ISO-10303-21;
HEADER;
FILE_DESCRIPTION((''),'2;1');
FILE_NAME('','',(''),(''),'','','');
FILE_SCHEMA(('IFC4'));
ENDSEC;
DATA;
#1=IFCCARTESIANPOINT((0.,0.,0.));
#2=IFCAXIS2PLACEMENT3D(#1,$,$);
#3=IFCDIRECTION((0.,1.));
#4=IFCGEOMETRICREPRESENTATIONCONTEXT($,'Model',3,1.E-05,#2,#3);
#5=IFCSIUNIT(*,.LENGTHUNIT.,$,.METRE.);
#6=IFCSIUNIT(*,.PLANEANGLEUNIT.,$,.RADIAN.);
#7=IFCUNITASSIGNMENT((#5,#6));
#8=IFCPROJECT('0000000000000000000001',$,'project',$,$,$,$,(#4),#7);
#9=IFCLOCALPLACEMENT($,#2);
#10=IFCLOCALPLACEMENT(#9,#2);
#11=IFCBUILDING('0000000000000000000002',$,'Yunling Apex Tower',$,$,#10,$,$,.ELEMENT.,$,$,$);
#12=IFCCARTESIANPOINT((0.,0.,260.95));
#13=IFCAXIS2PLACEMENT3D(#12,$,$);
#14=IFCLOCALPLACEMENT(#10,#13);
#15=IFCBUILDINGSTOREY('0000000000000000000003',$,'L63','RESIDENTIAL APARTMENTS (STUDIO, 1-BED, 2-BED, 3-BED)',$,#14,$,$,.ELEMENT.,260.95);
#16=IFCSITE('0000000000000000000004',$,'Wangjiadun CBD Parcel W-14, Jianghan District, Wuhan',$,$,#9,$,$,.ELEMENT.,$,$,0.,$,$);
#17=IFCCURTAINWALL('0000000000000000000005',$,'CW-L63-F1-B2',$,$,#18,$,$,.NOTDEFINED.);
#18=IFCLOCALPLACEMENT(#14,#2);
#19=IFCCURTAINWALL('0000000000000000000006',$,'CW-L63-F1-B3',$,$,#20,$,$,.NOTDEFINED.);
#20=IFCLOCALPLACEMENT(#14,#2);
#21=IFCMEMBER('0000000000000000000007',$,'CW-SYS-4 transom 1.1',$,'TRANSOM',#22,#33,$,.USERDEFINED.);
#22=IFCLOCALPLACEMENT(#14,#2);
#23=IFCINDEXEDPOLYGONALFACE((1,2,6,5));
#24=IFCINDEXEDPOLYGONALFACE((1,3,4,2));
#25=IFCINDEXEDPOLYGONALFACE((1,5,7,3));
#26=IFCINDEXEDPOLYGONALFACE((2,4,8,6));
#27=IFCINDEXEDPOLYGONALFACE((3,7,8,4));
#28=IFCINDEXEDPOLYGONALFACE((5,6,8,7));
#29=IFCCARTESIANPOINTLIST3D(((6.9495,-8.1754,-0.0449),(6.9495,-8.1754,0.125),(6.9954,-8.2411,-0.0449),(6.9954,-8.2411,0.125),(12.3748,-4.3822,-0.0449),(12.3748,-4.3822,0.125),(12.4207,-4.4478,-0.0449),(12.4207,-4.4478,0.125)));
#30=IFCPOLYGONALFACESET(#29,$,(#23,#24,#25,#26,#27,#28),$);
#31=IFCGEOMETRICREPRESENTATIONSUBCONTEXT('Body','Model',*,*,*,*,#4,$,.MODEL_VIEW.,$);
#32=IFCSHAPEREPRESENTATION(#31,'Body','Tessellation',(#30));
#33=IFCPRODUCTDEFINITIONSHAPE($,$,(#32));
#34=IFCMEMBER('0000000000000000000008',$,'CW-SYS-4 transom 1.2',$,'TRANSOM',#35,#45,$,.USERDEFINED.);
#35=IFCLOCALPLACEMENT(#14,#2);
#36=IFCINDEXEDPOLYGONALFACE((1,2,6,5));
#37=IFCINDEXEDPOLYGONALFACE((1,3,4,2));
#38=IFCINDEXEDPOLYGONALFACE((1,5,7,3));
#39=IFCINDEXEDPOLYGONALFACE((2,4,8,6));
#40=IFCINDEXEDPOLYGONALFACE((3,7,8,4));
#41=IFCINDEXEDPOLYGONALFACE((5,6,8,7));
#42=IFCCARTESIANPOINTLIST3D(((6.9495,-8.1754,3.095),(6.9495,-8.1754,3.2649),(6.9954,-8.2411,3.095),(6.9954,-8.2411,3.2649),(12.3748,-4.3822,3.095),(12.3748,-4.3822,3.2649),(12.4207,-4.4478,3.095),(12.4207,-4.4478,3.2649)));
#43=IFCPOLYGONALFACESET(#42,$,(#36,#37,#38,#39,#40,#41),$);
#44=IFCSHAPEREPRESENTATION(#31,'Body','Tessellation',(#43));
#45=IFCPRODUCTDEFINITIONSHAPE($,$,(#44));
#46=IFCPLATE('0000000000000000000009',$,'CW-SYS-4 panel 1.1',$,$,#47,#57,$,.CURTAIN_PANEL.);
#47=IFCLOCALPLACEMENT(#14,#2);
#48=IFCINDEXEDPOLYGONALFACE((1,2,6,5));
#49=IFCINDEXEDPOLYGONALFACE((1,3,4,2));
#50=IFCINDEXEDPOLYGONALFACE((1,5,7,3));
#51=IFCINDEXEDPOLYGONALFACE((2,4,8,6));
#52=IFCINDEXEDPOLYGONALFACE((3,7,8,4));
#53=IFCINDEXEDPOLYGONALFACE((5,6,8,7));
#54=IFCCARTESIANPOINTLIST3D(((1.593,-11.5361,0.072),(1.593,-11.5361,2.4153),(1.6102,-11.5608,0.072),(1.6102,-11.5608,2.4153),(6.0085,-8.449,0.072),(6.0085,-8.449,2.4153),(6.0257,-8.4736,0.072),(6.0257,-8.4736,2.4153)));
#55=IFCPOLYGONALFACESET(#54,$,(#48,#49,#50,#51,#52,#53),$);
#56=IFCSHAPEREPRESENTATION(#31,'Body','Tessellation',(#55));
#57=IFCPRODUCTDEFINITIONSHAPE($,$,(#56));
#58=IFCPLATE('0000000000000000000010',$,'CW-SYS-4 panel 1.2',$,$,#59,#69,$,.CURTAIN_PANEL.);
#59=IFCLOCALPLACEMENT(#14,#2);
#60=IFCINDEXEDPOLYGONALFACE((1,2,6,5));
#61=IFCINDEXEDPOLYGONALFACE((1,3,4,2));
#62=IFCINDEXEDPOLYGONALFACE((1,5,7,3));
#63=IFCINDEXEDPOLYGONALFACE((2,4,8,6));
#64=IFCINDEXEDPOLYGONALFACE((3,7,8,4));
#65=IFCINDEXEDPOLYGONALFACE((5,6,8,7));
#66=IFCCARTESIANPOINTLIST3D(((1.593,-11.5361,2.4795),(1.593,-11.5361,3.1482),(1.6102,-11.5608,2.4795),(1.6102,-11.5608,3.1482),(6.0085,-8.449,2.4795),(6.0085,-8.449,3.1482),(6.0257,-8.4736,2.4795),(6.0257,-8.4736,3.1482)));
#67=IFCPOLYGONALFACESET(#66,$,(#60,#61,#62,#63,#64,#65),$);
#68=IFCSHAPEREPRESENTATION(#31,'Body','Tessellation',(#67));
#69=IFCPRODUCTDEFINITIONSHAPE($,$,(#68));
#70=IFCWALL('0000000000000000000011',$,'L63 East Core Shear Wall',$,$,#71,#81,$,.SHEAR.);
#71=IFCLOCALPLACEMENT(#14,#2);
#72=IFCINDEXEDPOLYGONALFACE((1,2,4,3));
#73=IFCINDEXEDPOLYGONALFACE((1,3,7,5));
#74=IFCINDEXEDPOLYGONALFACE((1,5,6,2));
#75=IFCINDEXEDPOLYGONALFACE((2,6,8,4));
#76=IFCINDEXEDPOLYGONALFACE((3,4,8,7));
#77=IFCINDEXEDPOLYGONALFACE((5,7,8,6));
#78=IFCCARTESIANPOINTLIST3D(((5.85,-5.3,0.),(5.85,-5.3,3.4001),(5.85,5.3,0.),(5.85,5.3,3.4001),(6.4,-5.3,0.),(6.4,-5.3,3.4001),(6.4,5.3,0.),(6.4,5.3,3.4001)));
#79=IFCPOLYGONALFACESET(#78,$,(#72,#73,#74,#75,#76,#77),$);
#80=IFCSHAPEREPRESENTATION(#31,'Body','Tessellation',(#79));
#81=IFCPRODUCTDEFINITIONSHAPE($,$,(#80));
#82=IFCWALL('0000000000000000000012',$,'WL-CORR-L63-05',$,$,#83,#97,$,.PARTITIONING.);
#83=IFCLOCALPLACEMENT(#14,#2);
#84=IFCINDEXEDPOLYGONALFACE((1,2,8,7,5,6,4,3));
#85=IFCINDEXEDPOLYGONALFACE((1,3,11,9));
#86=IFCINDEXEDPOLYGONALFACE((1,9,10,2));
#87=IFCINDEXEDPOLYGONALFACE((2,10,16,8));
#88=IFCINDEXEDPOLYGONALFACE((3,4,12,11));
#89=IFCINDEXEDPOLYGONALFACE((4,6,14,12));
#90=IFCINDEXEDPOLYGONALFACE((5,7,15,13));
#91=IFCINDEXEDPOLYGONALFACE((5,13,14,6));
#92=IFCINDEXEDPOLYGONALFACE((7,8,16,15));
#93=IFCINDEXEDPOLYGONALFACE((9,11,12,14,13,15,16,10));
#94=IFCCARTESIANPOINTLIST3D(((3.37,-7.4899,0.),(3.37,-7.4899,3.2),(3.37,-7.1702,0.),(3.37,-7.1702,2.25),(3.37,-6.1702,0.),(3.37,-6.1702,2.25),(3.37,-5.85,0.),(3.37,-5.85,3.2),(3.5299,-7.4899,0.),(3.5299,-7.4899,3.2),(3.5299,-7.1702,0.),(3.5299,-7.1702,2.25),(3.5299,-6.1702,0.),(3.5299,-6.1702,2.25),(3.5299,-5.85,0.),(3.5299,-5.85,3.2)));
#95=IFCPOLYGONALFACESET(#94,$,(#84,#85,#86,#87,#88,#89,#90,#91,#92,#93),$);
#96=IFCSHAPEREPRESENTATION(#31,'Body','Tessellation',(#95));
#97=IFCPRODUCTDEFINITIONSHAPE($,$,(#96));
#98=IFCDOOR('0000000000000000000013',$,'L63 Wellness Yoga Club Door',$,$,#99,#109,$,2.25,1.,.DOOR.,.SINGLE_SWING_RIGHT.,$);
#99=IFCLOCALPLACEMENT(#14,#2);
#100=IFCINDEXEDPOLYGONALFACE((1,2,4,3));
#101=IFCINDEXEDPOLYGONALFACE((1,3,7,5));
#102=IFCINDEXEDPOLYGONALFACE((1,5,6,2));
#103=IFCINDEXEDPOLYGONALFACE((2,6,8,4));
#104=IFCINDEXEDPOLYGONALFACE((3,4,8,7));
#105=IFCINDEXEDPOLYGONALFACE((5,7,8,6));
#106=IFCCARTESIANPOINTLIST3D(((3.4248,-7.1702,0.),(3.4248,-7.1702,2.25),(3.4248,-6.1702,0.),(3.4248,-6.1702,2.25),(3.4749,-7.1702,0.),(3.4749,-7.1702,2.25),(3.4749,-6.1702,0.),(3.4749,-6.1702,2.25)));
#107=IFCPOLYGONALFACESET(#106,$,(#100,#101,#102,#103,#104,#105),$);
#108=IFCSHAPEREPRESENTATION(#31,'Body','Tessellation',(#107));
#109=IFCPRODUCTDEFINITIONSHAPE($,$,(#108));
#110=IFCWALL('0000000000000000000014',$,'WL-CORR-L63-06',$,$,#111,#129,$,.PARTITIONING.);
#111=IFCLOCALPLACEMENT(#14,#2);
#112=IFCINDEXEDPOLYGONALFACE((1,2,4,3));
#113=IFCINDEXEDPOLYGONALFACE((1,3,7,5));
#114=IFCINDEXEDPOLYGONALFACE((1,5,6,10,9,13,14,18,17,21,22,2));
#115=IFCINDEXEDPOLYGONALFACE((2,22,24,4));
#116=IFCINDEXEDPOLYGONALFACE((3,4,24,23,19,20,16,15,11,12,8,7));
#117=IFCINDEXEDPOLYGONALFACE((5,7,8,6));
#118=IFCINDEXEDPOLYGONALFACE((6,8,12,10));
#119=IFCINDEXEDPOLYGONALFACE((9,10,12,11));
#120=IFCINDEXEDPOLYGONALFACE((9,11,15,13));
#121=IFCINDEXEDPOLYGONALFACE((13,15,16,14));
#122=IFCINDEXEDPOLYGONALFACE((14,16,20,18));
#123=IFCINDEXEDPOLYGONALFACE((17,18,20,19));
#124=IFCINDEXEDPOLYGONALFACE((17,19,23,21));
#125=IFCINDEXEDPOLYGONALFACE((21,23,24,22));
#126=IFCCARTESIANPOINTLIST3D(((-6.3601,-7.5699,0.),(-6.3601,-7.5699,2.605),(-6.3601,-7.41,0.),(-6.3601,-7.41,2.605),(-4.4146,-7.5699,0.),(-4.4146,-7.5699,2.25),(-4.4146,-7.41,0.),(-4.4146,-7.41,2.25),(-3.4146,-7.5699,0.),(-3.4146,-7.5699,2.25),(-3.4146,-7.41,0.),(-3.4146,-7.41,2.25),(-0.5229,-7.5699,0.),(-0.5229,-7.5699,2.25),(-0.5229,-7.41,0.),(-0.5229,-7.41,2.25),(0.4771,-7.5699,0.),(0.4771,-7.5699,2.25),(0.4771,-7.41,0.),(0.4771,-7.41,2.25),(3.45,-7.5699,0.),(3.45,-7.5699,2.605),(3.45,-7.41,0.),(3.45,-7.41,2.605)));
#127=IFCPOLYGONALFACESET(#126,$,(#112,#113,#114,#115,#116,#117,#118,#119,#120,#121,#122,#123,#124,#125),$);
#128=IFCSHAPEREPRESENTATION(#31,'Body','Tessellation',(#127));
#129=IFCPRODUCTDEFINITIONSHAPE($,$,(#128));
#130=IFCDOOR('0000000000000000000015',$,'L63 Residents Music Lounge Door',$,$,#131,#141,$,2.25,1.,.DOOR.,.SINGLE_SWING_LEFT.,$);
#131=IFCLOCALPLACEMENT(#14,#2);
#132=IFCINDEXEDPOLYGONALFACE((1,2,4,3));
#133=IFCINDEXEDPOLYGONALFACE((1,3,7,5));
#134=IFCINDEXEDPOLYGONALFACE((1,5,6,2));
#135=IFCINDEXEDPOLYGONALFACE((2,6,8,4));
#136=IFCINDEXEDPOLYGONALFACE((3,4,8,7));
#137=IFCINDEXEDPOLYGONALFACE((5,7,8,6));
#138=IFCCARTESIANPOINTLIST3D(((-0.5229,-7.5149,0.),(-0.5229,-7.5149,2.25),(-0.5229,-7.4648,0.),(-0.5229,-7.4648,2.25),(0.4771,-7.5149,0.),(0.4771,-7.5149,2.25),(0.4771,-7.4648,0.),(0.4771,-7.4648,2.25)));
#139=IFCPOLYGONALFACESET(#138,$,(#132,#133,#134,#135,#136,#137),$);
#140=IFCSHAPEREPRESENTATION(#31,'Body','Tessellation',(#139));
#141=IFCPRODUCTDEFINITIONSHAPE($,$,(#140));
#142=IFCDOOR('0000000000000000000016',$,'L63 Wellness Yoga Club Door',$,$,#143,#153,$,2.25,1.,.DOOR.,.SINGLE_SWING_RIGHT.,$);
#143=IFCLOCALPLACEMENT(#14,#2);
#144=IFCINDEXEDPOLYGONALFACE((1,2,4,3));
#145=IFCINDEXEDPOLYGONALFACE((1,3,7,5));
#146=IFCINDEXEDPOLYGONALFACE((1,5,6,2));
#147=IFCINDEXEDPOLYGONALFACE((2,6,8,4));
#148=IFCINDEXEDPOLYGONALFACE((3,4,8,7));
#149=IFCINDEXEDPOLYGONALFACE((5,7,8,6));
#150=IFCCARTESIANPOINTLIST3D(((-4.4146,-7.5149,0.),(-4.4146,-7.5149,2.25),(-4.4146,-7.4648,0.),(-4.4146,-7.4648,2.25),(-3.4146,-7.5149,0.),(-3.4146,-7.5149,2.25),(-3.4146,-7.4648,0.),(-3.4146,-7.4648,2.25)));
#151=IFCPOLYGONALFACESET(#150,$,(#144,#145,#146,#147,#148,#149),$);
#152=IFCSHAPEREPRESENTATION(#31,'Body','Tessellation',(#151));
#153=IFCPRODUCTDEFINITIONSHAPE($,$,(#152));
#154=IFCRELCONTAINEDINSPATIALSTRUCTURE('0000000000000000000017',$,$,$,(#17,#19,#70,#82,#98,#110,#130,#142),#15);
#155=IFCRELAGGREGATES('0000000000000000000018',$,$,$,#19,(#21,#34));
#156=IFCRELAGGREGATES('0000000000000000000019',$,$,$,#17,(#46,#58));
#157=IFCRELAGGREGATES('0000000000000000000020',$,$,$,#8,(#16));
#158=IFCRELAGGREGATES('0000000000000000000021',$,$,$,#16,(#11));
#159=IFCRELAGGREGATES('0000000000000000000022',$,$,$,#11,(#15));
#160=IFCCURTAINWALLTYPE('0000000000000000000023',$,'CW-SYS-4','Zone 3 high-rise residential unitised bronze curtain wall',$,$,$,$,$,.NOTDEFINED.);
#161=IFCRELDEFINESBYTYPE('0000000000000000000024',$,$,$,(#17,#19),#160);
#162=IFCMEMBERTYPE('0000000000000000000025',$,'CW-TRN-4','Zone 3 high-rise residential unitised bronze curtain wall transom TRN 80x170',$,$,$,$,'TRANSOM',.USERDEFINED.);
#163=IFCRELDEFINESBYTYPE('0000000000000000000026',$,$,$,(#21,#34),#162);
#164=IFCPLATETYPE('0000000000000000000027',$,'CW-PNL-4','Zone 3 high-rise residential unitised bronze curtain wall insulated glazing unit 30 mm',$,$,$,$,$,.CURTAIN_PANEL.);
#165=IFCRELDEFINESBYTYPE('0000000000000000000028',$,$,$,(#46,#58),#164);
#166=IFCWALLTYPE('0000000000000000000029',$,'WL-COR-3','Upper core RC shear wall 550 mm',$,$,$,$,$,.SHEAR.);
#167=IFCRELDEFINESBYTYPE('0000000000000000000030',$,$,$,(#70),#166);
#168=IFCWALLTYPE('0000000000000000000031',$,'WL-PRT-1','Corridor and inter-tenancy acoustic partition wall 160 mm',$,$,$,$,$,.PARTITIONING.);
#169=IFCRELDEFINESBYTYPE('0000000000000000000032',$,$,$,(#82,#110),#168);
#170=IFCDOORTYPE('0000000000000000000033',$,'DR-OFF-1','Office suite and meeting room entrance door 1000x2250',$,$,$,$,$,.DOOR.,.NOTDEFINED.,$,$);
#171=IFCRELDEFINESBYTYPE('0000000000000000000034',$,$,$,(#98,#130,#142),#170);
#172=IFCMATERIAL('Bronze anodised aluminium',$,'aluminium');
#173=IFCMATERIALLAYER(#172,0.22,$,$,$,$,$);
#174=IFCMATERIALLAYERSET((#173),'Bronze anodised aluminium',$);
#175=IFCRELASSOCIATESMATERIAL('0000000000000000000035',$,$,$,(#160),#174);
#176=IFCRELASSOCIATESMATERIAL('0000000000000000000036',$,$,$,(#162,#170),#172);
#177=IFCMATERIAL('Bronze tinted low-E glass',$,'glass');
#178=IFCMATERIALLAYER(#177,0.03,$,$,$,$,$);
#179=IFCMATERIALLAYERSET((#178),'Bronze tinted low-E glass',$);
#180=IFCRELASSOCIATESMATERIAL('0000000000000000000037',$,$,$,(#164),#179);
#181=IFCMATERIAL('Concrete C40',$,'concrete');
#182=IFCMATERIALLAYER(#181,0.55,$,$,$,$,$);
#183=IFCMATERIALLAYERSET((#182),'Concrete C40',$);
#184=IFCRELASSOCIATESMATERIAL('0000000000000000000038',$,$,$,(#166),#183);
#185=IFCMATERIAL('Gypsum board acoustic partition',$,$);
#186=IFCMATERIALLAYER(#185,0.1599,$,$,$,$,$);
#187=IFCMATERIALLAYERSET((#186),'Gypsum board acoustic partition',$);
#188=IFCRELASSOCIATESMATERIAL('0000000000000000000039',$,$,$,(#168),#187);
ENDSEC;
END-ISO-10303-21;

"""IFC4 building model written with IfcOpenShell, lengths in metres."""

from ifc_helpers import new_model, si_unit, direction, frame, frame_2d, origin, origin_2d, place, context, subcontext, project, spatial, rectangle, extrude, source, transform, mapped, material, layer, layer_set, material_profile, profile_set, type_object, element, fill, aggregate, save


model = new_model("IFC4")

# Units and contexts
model_context = context("Model", 3, precision=1e-05, world=origin(), true_north=direction((0.0, 1.0)))
body_context = subcontext(model_context, "Body", "Model", "MODEL_VIEW")
ifc_project = project(units=[si_unit("LENGTHUNIT", "METRE"), si_unit("PLANEANGLEUNIT", "RADIAN")], contexts=[model_context])

# Site, building, storey
site_placement = place(None, origin())
site = spatial("IfcSite", under=ifc_project, at=site_placement, Name="Wangjiadun CBD Parcel W-14, Jianghan District, Wuhan", CompositionType="ELEMENT", RefElevation=0.0)
building_placement = place(site_placement, origin())
building = spatial("IfcBuilding", under=site, at=building_placement, Name="Yunling Apex Tower", CompositionType="ELEMENT")
storey_placement = place(building_placement, frame((0.0, 0.0, 260.95)))
storey = spatial("IfcBuildingStorey", under=building, at=storey_placement, Name="L63", Description="RESIDENTIAL APARTMENTS (STUDIO, 1-BED, 2-BED, 3-BED)", CompositionType="ELEMENT", Elevation=260.95)

# Curtain wall
ifc_material_1 = material(Name="Bronze anodised aluminium", Category="aluminium")
ifc_layer_1 = layer(ifc_material_1, 0.22)
ifc_layer_set_1 = layer_set([ifc_layer_1], Name="Bronze anodised aluminium")
curtain_wall_type = type_object("IfcCurtainWallType", Name="CW-SYS-4", Description="Zone 3 high-rise residential unitised bronze curtain wall", PredefinedType="NOTDEFINED", material=ifc_layer_set_1)
curtain_wall_1_placement = place(storey_placement, origin())
curtain_wall_1 = element("IfcCurtainWall", 1, at=curtain_wall_1_placement, inside=storey, type_object=curtain_wall_type, Name="CW-L63-F1-B2", PredefinedType="NOTDEFINED")

# Curtain wall, members
curtain_wall_2_placement = place(storey_placement, origin())
curtain_wall_2 = element("IfcCurtainWall", 2, at=curtain_wall_2_placement, inside=storey, type_object=curtain_wall_type, Name="CW-L63-F1-B3", PredefinedType="NOTDEFINED")
ifc_material_profile_1 = material_profile(ifc_material_1, rectangle(XDim=0.0801, YDim=0.1699, at=origin_2d()))
ifc_profile_set_1 = profile_set([ifc_material_profile_1], Name="Bronze anodised aluminium")
member_type_1 = type_object("IfcMemberType", Name="CW-TRN-4", Description="Zone 3 high-rise residential unitised bronze curtain wall transom TRN 80x170", ElementType="TRANSOM", PredefinedType="USERDEFINED", material=ifc_profile_set_1)
shared_shape_1 = source(origin(), body_context, "Body", "SweptSolid", [
    extrude(rectangle(XDim=0.0801, YDim=0.1699, at=origin_2d()), origin(), (0.0, 0.0, 1.0), 6.6199),
])
member_1_placement = place(storey_placement, frame((6.9724, -8.2083, 0.04), z_axis=(0.819551, 0.573007, 0.0), x_axis=(-0.573007, 0.819551, 0.0)))
member_1 = element("IfcMember", 3, at=member_1_placement, type_object=member_type_1, Name="CW-SYS-4 transom 1.1", ObjectType="TRANSOM", PredefinedType="USERDEFINED", context=body_context, shape_type="MappedRepresentation", body=[
    mapped(shared_shape_1, transform((0.0, 0.0, 0.0), scale=1.0)),
])
member_2_placement = place(storey_placement, frame((6.9724, -8.2083, 3.1799), z_axis=(0.819551, 0.573007, 0.0), x_axis=(-0.573007, 0.819551, 0.0)))
member_2 = element("IfcMember", 4, at=member_2_placement, type_object=member_type_1, Name="CW-SYS-4 transom 1.2", ObjectType="TRANSOM", PredefinedType="USERDEFINED", context=body_context, shape_type="MappedRepresentation", body=[
    mapped(shared_shape_1, transform((0.0, 0.0, 0.0), scale=1.0)),
])
aggregate(curtain_wall_2, [member_1, member_2])

# Plates
ifc_material_2 = material(Name="Bronze tinted low-E glass", Category="glass")
ifc_layer_2 = layer(ifc_material_2, 0.03)
ifc_layer_set_2 = layer_set([ifc_layer_2], Name="Bronze tinted low-E glass")
plate_type = type_object("IfcPlateType", Name="CW-PNL-4", Description="Zone 3 high-rise residential unitised bronze curtain wall insulated glazing unit 30 mm", PredefinedType="CURTAIN_PANEL", material=ifc_layer_set_2)
shared_shape_2 = source(origin(), body_context, "Body", "SweptSolid", [
    extrude(rectangle(XDim=5.3877, YDim=0.03, at=origin_2d()), origin(), (0.0, 0.0, 1.0), 2.3433),
])
plate_1_placement = place(storey_placement, frame((3.8093, -10.0049, 0.072), z_axis=(0.0, 0.0, 1.0), x_axis=(0.819556, 0.572999, 0.0)))
plate_1 = element("IfcPlate", 5, at=plate_1_placement, type_object=plate_type, Name="CW-SYS-4 panel 1.1", PredefinedType="CURTAIN_PANEL", context=body_context, shape_type="MappedRepresentation", body=[
    mapped(shared_shape_2, transform((0.0, 0.0, 0.0), scale=1.0)),
])
shared_shape_3 = source(origin(), body_context, "Body", "SweptSolid", [
    extrude(rectangle(XDim=5.3877, YDim=0.03, at=origin_2d()), origin(), (0.0, 0.0, 1.0), 0.6687),
])
plate_2_placement = place(storey_placement, frame((3.8093, -10.0049, 2.4795), z_axis=(0.0, 0.0, 1.0), x_axis=(0.819556, 0.572999, 0.0)))
plate_2 = element("IfcPlate", 6, at=plate_2_placement, type_object=plate_type, Name="CW-SYS-4 panel 1.2", PredefinedType="CURTAIN_PANEL", context=body_context, shape_type="MappedRepresentation", body=[
    mapped(shared_shape_3, transform((0.0, 0.0, 0.0), scale=1.0)),
])
aggregate(curtain_wall_1, [plate_1, plate_2])

# Wall
ifc_material_3 = material(Name="Concrete C40", Category="concrete")
ifc_layer_3 = layer(ifc_material_3, 0.55)
ifc_layer_set_3 = layer_set([ifc_layer_3], Name="Concrete C40")
wall_type_1 = type_object("IfcWallType", Name="WL-COR-3", Description="Upper core RC shear wall 550 mm", PredefinedType="SHEAR", material=ifc_layer_set_3)
wall_1_placement = place(storey_placement, frame((6.125, -5.3, 0.0), z_axis=(0.0, 0.0, 1.0), x_axis=(0.0, 1.0, 0.0)))
element("IfcWall", 7, at=wall_1_placement, inside=storey, type_object=wall_type_1, Name="L63 East Core Shear Wall", PredefinedType="SHEAR", context=body_context, shape_type="SweptSolid", body=[
    extrude(rectangle(XDim=10.6001, YDim=0.55, at=frame_2d((5.3, 0.0))), origin(), (0.0, 0.0, 1.0), 3.4001),
])

# Wall, opening, door
ifc_material_4 = material(Name="Gypsum board acoustic partition")
ifc_layer_4 = layer(ifc_material_4, 0.1599)
ifc_layer_set_4 = layer_set([ifc_layer_4], Name="Gypsum board acoustic partition")
wall_type_2 = type_object("IfcWallType", Name="WL-PRT-1", Description="Corridor and inter-tenancy acoustic partition wall 160 mm", PredefinedType="PARTITIONING", material=ifc_layer_set_4)
wall_2_placement = place(storey_placement, frame((3.45, -5.8501, 0.0), z_axis=(0.0, 0.0, 1.0), x_axis=(0.0, -1.0, 0.0)))
wall_2 = element("IfcWall", 8, at=wall_2_placement, inside=storey, type_object=wall_type_2, Name="WL-CORR-L63-05", PredefinedType="PARTITIONING", context=body_context, shape_type="SweptSolid", body=[
    extrude(rectangle(XDim=1.6399, YDim=0.1599, at=frame_2d((0.8198, 0.0))), origin(), (0.0, 0.0, 1.0), 3.2),
])
opening_1_placement = place(wall_2_placement, frame((0.3201, 0.0, 0.0)))
opening_1 = element("IfcOpeningElement", 9, at=opening_1_placement, cuts=wall_2, PredefinedType="OPENING", context=body_context, shape_type="SweptSolid", body=[
    extrude(rectangle(XDim=1.0, YDim=2.25, at=frame_2d((0.5, 1.125))), frame((0.0, 0.0898, 0.0), z_axis=(0.0, -1.0, 0.0), x_axis=(1.0, 0.0, 0.0)), (0.0, 0.0, 1.0), 0.1799),
])
door_type_1 = type_object("IfcDoorType", Name="DR-OFF-1", Description="Office suite and meeting room entrance door 1000x2250", OperationType="NOTDEFINED", PredefinedType="DOOR", material=ifc_material_1)
door_1_placement = place(opening_1_placement, origin())
door_1 = element("IfcDoor", 10, at=door_1_placement, inside=storey, type_object=door_type_1, Name="L63 Wellness Yoga Club Door", OperationType="SINGLE_SWING_RIGHT", OverallHeight=2.25, OverallWidth=1.0, PredefinedType="DOOR", context=body_context, shape_type="SweptSolid", body=[
    extrude(rectangle(XDim=1.0, YDim=2.25, at=frame_2d((0.5, 1.125))), frame((0.0, 0.0249, 0.0), z_axis=(0.0, -1.0, 0.0), x_axis=(1.0, 0.0, 0.0)), (0.0, 0.0, 1.0), 0.05),
])
fill(opening_1, door_1)

# Wall, openings, doors
wall_3_placement = place(storey_placement, frame((3.45, -7.49, 0.0), z_axis=(0.0, 0.0, 1.0), x_axis=(-1.0, 0.0, 0.0)))
wall_3 = element("IfcWall", 11, at=wall_3_placement, inside=storey, type_object=wall_type_2, Name="WL-CORR-L63-06", PredefinedType="PARTITIONING", context=body_context, shape_type="SweptSolid", body=[
    extrude(rectangle(XDim=9.8101, YDim=0.1599, at=frame_2d((4.905, 0.0))), origin(), (0.0, 0.0, 1.0), 2.605),
])
opening_2_placement = place(wall_3_placement, frame((2.9729, 0.0, 0.0)))
opening_2 = element("IfcOpeningElement", 12, at=opening_2_placement, cuts=wall_3, PredefinedType="OPENING", context=body_context, shape_type="SweptSolid", body=[
    extrude(rectangle(XDim=1.0, YDim=2.25, at=frame_2d((0.5, 1.125))), frame((0.0, 0.0898, 0.0), z_axis=(0.0, -1.0, 0.0), x_axis=(1.0, 0.0, 0.0)), (0.0, 0.0, 1.0), 0.1799),
])
opening_3_placement = place(wall_3_placement, frame((6.8645, 0.0, 0.0)))
opening_3 = element("IfcOpeningElement", 13, at=opening_3_placement, cuts=wall_3, PredefinedType="OPENING", context=body_context, shape_type="SweptSolid", body=[
    extrude(rectangle(XDim=1.0, YDim=2.25, at=frame_2d((0.5, 1.125))), frame((0.0, 0.0898, 0.0), z_axis=(0.0, -1.0, 0.0), x_axis=(1.0, 0.0, 0.0)), (0.0, 0.0, 1.0), 0.1799),
])
door_2_placement = place(opening_2_placement, origin())
door_2 = element("IfcDoor", 14, at=door_2_placement, inside=storey, type_object=door_type_1, Name="L63 Residents Music Lounge Door", OperationType="SINGLE_SWING_LEFT", OverallHeight=2.25, OverallWidth=1.0, PredefinedType="DOOR", context=body_context, shape_type="SweptSolid", body=[
    extrude(rectangle(XDim=1.0, YDim=2.25, at=frame_2d((0.5, 1.125))), frame((0.0, 0.0249, 0.0), z_axis=(0.0, -1.0, 0.0), x_axis=(1.0, 0.0, 0.0)), (0.0, 0.0, 1.0), 0.05),
])
fill(opening_2, door_2)
door_3_placement = place(opening_3_placement, origin())
door_3 = element("IfcDoor", 15, at=door_3_placement, inside=storey, type_object=door_type_1, Name="L63 Wellness Yoga Club Door", OperationType="SINGLE_SWING_RIGHT", OverallHeight=2.25, OverallWidth=1.0, PredefinedType="DOOR", context=body_context, shape_type="SweptSolid", body=[
    extrude(rectangle(XDim=1.0, YDim=2.25, at=frame_2d((0.5, 1.125))), frame((0.0, 0.0249, 0.0), z_axis=(0.0, -1.0, 0.0), x_axis=(1.0, 0.0, 0.0)), (0.0, 0.0, 1.0), 0.05),
])
fill(opening_3, door_3)

save(model, "model.ifc")
